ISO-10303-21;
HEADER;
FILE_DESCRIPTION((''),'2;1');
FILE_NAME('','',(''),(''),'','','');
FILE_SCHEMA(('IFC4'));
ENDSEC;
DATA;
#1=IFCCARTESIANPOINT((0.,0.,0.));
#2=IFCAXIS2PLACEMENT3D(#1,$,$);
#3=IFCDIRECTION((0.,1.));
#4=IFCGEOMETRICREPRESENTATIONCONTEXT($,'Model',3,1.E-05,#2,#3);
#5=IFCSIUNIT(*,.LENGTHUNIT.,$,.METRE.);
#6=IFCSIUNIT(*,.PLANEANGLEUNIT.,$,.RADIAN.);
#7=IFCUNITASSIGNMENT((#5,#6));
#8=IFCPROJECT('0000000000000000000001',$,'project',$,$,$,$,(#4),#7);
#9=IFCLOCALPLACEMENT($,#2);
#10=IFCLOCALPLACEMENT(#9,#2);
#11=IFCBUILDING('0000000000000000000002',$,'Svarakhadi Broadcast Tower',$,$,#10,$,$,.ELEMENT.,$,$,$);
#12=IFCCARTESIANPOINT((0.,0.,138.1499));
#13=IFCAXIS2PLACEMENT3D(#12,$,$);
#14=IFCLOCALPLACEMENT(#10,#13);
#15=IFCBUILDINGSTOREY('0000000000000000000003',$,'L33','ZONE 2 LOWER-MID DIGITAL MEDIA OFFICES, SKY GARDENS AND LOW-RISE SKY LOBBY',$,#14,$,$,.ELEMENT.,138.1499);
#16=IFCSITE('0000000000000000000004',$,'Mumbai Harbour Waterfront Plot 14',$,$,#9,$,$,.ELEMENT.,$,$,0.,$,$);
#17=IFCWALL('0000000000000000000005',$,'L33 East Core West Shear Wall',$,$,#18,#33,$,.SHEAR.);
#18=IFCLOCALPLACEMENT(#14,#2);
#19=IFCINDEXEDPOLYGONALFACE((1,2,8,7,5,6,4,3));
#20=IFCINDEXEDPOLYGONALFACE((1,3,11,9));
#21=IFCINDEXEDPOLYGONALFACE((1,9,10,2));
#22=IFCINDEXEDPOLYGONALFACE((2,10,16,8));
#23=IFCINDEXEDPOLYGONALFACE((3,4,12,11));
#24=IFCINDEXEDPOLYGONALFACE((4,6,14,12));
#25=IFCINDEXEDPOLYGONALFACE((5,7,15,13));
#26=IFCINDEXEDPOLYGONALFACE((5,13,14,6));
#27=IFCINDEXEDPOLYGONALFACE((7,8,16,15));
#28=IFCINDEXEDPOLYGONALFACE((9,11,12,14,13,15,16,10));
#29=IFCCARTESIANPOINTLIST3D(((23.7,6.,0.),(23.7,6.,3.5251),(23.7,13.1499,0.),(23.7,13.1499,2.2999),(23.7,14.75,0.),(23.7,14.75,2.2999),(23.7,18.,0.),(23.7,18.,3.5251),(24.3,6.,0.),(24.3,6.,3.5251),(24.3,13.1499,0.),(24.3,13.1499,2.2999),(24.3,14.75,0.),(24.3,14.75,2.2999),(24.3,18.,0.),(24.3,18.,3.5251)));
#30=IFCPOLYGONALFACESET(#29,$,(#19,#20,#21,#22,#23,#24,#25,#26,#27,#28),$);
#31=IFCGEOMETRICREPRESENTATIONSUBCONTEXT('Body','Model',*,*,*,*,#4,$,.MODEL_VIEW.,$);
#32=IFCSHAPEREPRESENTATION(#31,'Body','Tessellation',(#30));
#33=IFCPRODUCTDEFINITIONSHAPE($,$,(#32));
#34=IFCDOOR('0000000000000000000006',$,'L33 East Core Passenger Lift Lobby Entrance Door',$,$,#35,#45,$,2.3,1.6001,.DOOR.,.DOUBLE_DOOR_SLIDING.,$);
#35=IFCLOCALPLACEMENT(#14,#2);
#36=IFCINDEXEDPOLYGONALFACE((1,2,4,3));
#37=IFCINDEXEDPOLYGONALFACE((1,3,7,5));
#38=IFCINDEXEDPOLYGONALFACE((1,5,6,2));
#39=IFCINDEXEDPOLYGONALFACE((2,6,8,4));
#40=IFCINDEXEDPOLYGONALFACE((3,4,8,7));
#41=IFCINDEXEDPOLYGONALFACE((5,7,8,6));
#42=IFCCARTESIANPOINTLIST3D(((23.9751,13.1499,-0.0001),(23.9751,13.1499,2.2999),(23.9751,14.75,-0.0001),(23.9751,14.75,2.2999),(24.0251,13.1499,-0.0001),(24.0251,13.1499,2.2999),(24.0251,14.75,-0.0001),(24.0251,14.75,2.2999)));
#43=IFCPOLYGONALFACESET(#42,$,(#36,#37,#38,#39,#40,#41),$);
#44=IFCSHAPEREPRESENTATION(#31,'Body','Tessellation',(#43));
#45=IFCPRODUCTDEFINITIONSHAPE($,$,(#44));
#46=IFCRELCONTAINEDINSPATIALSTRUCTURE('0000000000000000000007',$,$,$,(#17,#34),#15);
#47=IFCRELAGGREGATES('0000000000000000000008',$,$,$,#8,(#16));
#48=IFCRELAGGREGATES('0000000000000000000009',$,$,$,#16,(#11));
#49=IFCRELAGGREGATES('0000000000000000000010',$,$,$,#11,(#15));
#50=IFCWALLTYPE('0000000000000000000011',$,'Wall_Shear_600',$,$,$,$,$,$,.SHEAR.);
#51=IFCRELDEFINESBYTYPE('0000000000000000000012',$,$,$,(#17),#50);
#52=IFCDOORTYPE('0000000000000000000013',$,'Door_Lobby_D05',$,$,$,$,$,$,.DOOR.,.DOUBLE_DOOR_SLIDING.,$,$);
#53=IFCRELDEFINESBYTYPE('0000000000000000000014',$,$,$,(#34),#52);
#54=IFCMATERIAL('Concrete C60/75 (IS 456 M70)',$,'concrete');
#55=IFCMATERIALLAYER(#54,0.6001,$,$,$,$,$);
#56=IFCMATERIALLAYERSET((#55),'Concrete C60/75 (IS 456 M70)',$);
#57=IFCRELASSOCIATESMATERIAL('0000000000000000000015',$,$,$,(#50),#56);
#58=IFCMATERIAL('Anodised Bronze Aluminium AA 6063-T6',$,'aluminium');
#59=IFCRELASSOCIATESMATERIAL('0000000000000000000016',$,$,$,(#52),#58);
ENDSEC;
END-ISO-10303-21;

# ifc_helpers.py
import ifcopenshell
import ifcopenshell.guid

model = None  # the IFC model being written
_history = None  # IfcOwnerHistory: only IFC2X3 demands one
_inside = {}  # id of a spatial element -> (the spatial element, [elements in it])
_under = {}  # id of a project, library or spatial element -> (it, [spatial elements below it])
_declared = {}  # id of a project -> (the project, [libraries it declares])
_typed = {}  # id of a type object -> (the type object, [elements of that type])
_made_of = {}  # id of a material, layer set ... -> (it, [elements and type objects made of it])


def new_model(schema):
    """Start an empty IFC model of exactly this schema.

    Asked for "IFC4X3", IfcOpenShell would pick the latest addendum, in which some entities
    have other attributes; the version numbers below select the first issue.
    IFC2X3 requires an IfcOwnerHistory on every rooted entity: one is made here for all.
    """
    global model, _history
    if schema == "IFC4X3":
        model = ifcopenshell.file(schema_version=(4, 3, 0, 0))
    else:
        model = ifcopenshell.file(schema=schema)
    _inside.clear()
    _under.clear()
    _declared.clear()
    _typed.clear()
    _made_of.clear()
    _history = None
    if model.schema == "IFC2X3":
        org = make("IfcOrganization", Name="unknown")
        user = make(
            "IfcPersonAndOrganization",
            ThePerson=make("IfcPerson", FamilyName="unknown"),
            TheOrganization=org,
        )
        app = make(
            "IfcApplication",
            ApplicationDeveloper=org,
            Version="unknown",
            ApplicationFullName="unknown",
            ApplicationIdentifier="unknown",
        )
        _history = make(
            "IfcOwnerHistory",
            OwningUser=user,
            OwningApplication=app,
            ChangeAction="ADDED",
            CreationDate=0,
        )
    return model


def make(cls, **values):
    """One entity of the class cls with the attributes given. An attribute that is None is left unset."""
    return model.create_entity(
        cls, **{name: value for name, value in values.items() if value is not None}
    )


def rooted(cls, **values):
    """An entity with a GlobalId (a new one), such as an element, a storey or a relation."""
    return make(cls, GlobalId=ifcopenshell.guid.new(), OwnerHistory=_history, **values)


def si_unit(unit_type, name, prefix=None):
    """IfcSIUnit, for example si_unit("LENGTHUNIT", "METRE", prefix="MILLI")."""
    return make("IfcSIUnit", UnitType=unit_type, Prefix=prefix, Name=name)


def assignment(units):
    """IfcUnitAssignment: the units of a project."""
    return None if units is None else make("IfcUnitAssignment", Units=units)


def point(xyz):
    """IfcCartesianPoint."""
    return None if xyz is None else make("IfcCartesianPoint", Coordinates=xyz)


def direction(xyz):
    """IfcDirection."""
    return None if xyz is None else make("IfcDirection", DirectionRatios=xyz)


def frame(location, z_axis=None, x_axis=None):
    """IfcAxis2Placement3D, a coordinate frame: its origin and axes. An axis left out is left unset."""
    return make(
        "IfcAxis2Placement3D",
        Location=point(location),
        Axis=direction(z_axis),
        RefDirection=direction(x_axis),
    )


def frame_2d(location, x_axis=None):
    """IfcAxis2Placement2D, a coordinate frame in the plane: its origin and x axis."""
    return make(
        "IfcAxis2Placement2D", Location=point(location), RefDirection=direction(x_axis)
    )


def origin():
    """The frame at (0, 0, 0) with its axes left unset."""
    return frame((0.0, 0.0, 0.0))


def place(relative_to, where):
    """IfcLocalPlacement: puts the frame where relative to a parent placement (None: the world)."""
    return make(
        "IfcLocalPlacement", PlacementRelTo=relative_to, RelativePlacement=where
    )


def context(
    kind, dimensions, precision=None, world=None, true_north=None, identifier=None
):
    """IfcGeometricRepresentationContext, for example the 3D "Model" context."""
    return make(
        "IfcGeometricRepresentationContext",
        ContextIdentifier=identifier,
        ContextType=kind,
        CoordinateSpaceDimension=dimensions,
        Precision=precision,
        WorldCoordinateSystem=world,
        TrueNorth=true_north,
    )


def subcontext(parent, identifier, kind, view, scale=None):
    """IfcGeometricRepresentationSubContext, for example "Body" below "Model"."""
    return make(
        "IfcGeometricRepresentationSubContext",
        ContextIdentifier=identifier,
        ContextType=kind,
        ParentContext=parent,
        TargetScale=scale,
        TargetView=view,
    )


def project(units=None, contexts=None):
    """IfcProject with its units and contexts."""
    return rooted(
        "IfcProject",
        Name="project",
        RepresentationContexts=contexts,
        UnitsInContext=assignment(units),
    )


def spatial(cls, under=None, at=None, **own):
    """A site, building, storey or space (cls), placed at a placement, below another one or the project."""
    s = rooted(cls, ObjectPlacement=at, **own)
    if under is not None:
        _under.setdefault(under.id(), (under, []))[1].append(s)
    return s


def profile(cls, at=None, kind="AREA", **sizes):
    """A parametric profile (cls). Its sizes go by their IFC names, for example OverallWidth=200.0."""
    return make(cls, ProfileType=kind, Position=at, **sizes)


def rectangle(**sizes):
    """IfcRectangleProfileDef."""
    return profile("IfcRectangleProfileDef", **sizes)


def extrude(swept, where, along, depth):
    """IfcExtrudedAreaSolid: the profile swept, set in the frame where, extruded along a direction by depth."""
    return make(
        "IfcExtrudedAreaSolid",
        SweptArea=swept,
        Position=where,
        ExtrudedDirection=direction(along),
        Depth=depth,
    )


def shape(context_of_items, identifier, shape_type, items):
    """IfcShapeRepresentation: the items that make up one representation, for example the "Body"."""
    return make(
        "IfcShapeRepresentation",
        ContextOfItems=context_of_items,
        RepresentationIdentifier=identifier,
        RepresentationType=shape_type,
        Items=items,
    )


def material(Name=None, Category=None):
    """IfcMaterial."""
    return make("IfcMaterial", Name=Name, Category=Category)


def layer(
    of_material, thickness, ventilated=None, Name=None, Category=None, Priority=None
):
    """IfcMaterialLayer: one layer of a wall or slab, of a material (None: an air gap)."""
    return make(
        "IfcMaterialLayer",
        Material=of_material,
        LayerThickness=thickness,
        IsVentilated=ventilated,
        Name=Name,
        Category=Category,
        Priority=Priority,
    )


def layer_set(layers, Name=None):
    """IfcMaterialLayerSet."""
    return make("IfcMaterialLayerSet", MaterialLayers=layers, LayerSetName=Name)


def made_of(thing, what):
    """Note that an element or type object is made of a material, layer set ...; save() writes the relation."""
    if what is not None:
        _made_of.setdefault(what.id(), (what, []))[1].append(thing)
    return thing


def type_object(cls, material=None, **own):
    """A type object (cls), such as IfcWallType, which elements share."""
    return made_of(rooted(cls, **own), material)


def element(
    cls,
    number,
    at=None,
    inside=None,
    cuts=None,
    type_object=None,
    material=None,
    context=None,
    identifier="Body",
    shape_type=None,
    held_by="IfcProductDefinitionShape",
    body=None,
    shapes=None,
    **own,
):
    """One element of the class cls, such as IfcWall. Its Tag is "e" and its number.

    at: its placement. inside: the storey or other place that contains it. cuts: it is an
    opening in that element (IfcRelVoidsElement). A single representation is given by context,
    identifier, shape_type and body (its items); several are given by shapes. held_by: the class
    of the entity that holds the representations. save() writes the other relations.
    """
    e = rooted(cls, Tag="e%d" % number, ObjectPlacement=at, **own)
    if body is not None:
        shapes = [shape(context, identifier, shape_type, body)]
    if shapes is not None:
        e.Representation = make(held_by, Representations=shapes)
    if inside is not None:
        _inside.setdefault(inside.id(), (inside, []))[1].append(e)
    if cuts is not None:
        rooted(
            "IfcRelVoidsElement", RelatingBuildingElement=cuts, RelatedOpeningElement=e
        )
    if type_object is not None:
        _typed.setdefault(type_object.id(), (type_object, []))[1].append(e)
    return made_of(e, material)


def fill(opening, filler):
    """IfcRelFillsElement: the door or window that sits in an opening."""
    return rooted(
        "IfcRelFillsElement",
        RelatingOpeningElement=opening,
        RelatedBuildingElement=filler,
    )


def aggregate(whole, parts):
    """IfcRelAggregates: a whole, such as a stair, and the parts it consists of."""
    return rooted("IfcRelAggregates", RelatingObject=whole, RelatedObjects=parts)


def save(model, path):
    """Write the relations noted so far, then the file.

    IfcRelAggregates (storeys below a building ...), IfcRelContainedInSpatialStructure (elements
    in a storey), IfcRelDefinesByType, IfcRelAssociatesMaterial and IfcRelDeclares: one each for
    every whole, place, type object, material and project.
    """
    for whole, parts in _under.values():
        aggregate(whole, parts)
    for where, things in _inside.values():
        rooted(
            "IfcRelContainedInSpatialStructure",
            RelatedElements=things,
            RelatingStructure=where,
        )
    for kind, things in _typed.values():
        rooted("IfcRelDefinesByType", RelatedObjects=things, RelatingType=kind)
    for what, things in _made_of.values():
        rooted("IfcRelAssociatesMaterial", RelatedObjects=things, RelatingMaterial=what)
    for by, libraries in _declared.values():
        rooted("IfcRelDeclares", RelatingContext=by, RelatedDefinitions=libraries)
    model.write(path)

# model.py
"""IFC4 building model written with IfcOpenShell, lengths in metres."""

from ifc_helpers import new_model, si_unit, direction, frame, frame_2d, origin, place, context, subcontext, project, spatial, rectangle, extrude, material, layer, layer_set, type_object, element, fill, save


model = new_model("IFC4")

# Units and contexts
model_context = context("Model", 3, precision=1e-05, world=origin(), true_north=direction((0.0, 1.0)))
body_context = subcontext(model_context, "Body", "Model", "MODEL_VIEW")
ifc_project = project(units=[si_unit("LENGTHUNIT", "METRE"), si_unit("PLANEANGLEUNIT", "RADIAN")], contexts=[model_context])

# Site, building, storey
site_placement = place(None, origin())
site = spatial("IfcSite", under=ifc_project, at=site_placement, Name="Mumbai Harbour Waterfront Plot 14", CompositionType="ELEMENT", RefElevation=0.0)
building_placement = place(site_placement, origin())
building = spatial("IfcBuilding", under=site, at=building_placement, Name="Svarakhadi Broadcast Tower", CompositionType="ELEMENT")
storey_placement = place(building_placement, frame((0.0, 0.0, 138.1499)))
storey = spatial("IfcBuildingStorey", under=building, at=storey_placement, Name="L33", Description="ZONE 2 LOWER-MID DIGITAL MEDIA OFFICES, SKY GARDENS AND LOW-RISE SKY LOBBY", CompositionType="ELEMENT", Elevation=138.1499)

# Shared definitions
ifc_material_1 = material(Name="Concrete C60/75 (IS 456 M70)", Category="concrete")
ifc_layer_1 = layer(ifc_material_1, 0.6001)
ifc_layer_set_1 = layer_set([ifc_layer_1], Name="Concrete C60/75 (IS 456 M70)")
wall_type_1 = type_object("IfcWallType", Name="Wall_Shear_600", PredefinedType="SHEAR", material=ifc_layer_set_1)

# Wall, opening, door
wall_1_placement = place(storey_placement, frame((24.0, 6.0, 0.0), z_axis=(0.0, 0.0, 1.0), x_axis=(0.0, 1.0, 0.0)))
wall_1 = element("IfcWall", 1, at=wall_1_placement, inside=storey, type_object=wall_type_1, Name="L33 East Core West Shear Wall", PredefinedType="SHEAR", context=body_context, shape_type="SweptSolid", body=[
    extrude(rectangle(XDim=12.0, YDim=0.6001, at=frame_2d((6.0, 0.0))), origin(), (0.0, 0.0, 1.0), 3.5251),
])
opening_1_placement = place(wall_1_placement, frame((7.1499, 0.0, 0.0)))
opening_1 = element("IfcOpeningElement", 2, at=opening_1_placement, cuts=wall_1, PredefinedType="OPENING", context=body_context, shape_type="SweptSolid", body=[
    extrude(rectangle(XDim=1.6001, YDim=2.3, at=frame_2d((0.8, 1.1499))), frame((0.0, 0.3101, 0.0), z_axis=(0.0, -1.0, 0.0), x_axis=(1.0, 0.0, 0.0)), (0.0, 0.0, 1.0), 0.6201),
])
ifc_material_2 = material(Name="Anodised Bronze Aluminium AA 6063-T6", Category="aluminium")
door_type_1 = type_object("IfcDoorType", Name="Door_Lobby_D05", OperationType="DOUBLE_DOOR_SLIDING", PredefinedType="DOOR", material=ifc_material_2)
door_1_placement = place(opening_1_placement, origin())
door_1 = element("IfcDoor", 3, at=door_1_placement, inside=storey, type_object=door_type_1, Name="L33 East Core Passenger Lift Lobby Entrance Door", OperationType="DOUBLE_DOOR_SLIDING", OverallHeight=2.3, OverallWidth=1.6001, PredefinedType="DOOR", context=body_context, shape_type="SweptSolid", body=[
    extrude(rectangle(XDim=1.6001, YDim=2.3, at=frame_2d((0.8, 1.1499))), frame((0.0, 0.0249, 0.0), z_axis=(0.0, -1.0, 0.0), x_axis=(1.0, 0.0, 0.0)), (0.0, 0.0, 1.0), 0.05),
])
fill(opening_1, door_1)

save(model, "model.ifc")
